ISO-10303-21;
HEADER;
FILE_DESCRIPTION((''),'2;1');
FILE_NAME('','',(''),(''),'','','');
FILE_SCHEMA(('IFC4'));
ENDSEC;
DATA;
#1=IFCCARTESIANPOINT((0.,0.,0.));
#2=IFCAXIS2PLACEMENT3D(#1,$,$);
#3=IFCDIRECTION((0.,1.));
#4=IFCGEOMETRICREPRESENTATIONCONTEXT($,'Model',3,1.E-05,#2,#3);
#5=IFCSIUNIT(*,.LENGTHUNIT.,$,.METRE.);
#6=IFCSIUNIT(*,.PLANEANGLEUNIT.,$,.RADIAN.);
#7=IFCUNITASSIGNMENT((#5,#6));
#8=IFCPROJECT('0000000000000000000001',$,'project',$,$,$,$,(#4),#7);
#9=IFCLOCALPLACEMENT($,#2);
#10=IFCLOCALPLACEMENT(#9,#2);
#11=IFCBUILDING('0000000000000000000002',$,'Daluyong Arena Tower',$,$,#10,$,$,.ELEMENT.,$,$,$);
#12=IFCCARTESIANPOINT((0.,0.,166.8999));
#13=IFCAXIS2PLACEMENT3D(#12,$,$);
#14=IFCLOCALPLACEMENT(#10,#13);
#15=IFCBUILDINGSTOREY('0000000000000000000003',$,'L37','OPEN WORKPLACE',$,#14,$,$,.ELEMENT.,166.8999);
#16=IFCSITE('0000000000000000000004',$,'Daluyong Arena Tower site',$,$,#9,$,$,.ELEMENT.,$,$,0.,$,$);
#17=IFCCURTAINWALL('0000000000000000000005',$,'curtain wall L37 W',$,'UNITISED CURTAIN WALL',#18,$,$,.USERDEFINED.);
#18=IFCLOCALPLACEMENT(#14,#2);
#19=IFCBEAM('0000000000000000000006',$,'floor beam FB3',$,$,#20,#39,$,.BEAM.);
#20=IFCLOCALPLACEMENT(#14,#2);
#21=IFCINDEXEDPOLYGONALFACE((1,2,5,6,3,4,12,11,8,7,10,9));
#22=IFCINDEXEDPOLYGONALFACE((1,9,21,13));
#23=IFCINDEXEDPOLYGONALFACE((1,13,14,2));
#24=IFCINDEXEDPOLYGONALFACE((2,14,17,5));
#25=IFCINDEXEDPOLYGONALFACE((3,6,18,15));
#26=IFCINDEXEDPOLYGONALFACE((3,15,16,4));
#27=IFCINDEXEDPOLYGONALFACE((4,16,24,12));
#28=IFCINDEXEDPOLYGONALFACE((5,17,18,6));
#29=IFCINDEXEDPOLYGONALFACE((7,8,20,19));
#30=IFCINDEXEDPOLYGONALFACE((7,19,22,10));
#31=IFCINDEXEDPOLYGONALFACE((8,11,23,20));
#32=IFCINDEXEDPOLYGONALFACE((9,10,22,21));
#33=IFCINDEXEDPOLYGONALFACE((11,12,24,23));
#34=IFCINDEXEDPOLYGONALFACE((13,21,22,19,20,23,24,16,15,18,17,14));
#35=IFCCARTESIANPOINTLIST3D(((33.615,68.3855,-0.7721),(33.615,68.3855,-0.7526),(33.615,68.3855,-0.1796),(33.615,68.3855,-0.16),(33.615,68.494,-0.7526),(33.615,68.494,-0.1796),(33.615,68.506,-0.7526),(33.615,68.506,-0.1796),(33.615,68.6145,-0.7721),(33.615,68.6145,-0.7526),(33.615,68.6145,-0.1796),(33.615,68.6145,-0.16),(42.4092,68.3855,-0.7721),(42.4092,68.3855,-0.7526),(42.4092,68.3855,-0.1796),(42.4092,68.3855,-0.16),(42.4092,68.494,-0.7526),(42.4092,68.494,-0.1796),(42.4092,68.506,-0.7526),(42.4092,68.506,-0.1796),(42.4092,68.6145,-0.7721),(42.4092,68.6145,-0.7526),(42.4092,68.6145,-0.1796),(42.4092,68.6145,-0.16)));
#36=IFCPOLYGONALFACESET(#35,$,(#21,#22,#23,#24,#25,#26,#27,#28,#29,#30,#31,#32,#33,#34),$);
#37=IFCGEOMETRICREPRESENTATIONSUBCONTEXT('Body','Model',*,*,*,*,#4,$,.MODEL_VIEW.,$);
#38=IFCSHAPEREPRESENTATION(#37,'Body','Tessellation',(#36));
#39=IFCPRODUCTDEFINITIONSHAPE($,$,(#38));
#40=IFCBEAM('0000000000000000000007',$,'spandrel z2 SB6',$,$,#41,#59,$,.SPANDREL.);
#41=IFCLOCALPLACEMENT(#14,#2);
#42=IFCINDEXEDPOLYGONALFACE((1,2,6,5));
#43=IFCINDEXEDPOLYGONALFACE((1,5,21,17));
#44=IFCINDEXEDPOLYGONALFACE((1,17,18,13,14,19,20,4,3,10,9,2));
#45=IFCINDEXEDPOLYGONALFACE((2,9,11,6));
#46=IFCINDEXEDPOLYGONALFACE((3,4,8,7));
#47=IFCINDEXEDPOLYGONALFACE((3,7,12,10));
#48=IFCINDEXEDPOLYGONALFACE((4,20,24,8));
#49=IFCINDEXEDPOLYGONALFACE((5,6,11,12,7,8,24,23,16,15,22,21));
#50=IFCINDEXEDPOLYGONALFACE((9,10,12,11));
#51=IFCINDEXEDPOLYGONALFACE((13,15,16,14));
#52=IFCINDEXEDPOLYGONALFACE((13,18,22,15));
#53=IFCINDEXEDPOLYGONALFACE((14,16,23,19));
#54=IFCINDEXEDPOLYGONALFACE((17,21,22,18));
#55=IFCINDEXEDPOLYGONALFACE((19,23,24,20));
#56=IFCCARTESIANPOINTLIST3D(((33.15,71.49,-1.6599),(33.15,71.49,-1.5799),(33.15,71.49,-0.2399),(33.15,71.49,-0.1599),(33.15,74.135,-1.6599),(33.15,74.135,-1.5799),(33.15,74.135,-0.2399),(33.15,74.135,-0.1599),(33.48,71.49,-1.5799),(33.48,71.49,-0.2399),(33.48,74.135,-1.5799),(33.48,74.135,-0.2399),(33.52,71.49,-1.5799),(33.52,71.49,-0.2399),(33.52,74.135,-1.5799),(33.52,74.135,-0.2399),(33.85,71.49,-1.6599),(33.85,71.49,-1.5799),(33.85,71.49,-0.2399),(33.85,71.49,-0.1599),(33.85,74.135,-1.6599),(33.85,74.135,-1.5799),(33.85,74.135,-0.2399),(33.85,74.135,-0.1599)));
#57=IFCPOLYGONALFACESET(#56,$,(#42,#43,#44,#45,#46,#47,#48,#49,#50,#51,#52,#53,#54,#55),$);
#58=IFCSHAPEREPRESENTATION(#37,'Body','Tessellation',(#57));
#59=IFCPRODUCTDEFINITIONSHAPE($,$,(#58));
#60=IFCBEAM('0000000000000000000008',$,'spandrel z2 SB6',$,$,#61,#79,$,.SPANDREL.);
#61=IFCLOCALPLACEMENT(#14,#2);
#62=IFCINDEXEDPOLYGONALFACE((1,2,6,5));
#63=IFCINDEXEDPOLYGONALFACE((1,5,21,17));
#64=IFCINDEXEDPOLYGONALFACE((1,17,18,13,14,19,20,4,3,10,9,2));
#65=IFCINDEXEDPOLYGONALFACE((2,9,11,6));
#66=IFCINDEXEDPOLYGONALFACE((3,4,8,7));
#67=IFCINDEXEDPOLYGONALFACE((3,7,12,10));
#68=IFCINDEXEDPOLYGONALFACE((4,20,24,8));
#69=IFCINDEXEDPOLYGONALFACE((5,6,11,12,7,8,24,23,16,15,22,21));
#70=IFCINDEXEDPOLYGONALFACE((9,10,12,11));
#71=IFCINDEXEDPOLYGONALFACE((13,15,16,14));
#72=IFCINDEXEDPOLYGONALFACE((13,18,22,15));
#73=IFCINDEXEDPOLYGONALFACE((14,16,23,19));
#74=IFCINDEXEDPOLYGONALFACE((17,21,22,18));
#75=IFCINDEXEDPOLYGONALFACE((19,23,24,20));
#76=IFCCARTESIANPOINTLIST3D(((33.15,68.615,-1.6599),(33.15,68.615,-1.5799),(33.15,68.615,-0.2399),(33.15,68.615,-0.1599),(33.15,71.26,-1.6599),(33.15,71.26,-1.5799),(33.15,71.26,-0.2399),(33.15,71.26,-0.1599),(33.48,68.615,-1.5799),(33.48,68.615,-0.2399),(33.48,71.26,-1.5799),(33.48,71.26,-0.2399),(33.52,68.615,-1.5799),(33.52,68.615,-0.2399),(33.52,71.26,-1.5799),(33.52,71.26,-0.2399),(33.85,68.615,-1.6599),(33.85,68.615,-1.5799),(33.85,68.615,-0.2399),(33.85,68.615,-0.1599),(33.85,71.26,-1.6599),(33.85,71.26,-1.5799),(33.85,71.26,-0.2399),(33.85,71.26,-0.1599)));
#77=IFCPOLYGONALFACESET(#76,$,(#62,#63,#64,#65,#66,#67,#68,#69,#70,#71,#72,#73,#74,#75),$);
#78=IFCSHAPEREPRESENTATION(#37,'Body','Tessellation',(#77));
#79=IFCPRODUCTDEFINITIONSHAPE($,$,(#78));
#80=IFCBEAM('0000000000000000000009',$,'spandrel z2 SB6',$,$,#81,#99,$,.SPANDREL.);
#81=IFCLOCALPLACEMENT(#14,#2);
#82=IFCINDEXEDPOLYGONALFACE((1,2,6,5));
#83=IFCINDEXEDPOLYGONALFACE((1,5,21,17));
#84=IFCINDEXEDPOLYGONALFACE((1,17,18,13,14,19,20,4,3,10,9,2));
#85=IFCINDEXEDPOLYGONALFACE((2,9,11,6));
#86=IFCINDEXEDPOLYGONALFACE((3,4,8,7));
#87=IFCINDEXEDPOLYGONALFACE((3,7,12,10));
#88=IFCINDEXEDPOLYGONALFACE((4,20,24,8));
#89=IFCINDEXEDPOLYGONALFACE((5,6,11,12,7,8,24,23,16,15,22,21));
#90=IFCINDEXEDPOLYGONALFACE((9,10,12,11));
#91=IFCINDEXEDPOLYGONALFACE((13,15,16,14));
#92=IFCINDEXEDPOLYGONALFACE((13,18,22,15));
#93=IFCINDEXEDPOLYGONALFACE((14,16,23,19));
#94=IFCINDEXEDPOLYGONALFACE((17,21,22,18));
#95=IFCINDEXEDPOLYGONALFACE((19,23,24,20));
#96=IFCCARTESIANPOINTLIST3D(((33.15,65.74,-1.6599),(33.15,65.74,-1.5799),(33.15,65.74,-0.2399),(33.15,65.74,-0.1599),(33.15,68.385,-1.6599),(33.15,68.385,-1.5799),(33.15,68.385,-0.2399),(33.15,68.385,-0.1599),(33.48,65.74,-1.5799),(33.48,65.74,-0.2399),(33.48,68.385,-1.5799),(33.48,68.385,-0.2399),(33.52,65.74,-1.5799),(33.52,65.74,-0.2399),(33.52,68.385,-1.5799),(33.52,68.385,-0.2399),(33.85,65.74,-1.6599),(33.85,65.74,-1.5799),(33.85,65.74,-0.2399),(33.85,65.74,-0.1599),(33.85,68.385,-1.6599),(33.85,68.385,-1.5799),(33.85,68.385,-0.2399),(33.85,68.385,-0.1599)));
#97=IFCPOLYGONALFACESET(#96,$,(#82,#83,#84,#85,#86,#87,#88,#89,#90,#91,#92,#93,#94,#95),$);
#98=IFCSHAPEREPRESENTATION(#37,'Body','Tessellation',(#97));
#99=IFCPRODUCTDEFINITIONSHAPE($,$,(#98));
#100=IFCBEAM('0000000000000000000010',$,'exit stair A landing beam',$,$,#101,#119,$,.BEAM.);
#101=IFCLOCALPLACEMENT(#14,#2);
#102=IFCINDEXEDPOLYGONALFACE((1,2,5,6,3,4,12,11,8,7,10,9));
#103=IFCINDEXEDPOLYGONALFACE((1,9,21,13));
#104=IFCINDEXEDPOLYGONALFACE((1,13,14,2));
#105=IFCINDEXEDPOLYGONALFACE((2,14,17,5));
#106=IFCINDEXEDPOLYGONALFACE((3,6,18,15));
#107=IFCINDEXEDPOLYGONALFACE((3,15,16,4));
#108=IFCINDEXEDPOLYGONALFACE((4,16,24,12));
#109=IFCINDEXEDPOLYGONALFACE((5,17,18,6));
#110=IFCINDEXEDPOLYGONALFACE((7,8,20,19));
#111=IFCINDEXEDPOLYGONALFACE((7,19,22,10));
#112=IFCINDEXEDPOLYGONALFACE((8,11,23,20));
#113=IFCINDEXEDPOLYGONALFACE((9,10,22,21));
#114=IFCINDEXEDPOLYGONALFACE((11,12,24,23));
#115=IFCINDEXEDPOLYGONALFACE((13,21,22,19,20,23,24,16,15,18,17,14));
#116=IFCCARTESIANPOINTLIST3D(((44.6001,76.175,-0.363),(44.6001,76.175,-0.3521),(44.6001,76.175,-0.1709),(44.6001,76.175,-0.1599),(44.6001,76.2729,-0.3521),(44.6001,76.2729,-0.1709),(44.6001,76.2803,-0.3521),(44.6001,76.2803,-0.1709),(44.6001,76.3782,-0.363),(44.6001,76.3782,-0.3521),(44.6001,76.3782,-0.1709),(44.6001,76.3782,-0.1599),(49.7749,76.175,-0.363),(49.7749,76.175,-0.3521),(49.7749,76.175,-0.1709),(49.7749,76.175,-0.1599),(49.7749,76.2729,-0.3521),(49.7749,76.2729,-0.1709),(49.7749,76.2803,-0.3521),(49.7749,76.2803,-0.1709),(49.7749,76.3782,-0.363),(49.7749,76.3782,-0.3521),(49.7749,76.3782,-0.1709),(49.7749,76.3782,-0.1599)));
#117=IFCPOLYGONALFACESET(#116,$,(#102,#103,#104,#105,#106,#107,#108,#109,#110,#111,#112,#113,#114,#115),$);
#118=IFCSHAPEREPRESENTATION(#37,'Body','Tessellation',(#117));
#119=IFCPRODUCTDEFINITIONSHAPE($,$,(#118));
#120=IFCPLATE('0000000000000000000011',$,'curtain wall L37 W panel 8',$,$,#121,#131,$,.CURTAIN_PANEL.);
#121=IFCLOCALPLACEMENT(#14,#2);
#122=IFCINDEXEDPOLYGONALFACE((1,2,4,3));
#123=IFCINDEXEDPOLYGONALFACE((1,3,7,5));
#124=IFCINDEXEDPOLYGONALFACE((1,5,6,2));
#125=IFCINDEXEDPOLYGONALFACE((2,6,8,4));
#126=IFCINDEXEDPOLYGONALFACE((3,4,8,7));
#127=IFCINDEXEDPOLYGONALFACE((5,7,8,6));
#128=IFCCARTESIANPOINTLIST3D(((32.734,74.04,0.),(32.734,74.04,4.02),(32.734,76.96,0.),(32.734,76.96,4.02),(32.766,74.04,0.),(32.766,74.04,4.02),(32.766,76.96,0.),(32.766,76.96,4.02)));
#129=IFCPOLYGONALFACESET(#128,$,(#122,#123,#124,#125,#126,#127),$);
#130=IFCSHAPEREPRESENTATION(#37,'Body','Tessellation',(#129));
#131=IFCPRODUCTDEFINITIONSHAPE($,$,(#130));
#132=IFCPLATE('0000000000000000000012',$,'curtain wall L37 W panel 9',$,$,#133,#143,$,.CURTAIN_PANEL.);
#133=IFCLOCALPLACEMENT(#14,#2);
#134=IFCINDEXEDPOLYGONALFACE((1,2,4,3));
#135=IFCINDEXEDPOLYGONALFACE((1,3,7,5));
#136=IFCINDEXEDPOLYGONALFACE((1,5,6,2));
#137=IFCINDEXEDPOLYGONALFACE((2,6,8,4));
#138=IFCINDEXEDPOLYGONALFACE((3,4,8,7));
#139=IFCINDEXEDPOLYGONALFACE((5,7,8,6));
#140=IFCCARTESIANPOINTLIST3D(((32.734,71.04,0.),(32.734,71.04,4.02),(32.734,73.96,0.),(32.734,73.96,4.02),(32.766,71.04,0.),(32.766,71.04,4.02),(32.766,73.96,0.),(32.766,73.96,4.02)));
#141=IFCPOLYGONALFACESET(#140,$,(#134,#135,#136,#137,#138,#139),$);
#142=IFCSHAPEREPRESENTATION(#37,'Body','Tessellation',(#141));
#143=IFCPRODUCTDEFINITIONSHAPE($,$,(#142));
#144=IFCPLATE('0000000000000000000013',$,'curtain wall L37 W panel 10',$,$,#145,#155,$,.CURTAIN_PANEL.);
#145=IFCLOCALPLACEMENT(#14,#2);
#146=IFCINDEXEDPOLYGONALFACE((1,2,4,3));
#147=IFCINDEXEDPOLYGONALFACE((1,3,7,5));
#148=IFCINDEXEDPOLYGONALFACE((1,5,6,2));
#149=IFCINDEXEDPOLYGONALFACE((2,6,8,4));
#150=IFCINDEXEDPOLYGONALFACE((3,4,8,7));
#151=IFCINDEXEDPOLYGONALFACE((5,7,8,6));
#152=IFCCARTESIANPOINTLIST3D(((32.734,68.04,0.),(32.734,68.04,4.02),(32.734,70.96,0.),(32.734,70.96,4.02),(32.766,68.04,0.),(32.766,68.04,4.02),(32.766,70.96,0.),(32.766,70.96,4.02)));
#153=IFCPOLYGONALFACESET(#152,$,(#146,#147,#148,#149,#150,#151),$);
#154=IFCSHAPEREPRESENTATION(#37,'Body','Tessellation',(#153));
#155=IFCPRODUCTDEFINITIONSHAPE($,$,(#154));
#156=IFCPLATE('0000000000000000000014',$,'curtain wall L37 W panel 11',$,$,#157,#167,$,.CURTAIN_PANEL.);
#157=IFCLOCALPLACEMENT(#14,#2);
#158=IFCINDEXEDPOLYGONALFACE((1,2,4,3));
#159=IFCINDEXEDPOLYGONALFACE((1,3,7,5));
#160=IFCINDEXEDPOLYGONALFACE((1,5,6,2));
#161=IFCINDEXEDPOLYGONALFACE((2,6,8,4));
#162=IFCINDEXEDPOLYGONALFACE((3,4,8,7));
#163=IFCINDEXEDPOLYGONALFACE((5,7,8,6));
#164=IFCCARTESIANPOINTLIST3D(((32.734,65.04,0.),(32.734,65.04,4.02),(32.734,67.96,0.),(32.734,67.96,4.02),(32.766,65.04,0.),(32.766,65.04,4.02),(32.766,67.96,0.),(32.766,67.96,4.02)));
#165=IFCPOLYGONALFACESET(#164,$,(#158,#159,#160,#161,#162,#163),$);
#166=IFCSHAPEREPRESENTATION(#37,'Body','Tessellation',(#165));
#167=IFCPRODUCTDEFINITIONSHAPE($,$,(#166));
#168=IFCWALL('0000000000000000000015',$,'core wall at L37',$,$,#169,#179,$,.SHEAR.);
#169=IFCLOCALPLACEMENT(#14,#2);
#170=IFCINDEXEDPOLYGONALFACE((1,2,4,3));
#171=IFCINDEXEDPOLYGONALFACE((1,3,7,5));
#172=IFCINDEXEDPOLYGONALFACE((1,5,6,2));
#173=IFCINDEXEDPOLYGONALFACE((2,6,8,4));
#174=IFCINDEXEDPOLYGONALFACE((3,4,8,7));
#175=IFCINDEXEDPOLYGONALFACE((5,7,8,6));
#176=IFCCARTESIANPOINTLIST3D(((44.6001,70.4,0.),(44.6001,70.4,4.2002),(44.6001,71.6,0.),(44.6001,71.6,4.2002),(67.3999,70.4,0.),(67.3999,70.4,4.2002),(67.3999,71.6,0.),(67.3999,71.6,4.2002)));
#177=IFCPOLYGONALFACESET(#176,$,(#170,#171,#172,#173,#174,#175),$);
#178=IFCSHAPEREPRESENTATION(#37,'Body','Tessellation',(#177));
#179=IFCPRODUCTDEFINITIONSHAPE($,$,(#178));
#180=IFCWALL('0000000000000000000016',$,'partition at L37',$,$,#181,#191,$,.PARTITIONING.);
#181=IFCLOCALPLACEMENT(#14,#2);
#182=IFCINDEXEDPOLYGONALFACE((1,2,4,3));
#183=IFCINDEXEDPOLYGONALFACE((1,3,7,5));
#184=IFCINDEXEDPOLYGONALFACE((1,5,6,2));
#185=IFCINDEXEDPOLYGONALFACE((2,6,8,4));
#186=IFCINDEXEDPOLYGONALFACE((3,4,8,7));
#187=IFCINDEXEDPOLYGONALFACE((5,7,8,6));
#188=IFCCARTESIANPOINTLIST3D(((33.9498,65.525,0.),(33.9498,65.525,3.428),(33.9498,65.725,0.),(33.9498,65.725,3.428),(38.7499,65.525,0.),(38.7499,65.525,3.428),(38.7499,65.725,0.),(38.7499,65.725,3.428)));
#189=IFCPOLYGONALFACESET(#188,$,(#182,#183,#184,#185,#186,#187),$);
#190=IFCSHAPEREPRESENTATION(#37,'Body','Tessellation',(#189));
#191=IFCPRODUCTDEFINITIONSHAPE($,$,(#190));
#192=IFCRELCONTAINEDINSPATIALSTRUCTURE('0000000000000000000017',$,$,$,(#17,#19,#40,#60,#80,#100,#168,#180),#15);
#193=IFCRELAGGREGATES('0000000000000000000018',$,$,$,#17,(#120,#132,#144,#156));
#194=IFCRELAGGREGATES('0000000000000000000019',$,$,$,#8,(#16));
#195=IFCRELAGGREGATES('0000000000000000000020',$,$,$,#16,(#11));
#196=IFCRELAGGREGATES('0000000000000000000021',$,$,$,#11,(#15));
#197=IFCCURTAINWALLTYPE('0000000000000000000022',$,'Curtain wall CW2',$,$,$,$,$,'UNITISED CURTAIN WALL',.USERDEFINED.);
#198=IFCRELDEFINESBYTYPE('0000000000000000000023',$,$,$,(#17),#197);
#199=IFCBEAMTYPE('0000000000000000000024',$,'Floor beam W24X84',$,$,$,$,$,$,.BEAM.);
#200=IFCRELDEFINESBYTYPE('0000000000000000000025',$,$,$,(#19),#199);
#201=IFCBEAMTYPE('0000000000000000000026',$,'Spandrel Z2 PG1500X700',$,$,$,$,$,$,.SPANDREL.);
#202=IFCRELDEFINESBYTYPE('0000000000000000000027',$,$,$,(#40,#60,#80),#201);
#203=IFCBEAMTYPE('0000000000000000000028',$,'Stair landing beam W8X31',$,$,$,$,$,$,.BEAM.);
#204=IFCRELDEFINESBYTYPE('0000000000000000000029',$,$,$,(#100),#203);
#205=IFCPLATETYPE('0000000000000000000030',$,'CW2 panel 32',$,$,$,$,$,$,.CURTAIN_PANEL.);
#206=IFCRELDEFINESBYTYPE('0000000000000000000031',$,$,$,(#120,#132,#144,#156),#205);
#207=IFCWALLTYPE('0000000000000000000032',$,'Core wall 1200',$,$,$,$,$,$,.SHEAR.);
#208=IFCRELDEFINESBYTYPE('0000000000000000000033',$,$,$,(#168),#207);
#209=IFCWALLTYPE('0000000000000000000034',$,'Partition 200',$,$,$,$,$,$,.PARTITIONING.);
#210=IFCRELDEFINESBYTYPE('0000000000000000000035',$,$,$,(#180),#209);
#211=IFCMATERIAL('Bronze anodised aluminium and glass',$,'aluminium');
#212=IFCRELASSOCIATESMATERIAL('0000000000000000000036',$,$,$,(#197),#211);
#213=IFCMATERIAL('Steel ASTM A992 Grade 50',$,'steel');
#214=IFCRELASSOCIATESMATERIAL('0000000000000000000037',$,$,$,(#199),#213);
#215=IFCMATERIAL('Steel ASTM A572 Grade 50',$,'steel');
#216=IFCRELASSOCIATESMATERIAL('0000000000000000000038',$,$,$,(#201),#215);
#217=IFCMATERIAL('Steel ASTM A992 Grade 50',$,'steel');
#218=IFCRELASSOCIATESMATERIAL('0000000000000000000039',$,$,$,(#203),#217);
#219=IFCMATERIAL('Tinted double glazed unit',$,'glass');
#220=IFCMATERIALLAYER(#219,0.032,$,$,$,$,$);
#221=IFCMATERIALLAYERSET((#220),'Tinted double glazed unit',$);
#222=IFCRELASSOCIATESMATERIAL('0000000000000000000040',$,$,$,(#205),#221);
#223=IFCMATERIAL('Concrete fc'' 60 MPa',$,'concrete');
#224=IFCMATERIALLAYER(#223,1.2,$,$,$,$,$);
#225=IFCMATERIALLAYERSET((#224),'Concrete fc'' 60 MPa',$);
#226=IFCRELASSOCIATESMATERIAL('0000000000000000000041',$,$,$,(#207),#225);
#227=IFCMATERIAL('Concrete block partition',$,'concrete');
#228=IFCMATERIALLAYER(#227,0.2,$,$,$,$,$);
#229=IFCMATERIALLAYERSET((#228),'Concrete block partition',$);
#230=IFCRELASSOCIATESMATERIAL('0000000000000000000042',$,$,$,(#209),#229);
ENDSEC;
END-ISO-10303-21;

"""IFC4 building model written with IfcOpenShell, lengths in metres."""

from ifc_helpers import new_model, si_unit, direction, frame, frame_2d, origin, origin_2d, place, context, subcontext, project, spatial, rectangle, i_section, extrude, material, layer, layer_set, material_profile, profile_set, type_object, element, aggregate, save


model = new_model("IFC4")

# Units and contexts
model_context = context("Model", 3, precision=1e-05, world=origin(), true_north=direction((0.0, 1.0)))
body_context = subcontext(model_context, "Body", "Model", "MODEL_VIEW")
ifc_project = project(units=[si_unit("LENGTHUNIT", "METRE"), si_unit("PLANEANGLEUNIT", "RADIAN")], contexts=[model_context])

# Site, building, storey
site_placement = place(None, origin())
site = spatial("IfcSite", under=ifc_project, at=site_placement, Name="Daluyong Arena Tower site", CompositionType="ELEMENT", RefElevation=0.0)
building_placement = place(site_placement, origin())
building = spatial("IfcBuilding", under=site, at=building_placement, Name="Daluyong Arena Tower", CompositionType="ELEMENT")
storey_placement = place(building_placement, frame((0.0, 0.0, 166.8999)))
storey = spatial("IfcBuildingStorey", under=building, at=storey_placement, Name="L37", Description="OPEN WORKPLACE", CompositionType="ELEMENT", Elevation=166.8999)

# Curtain wall
ifc_material_1 = material(Name="Bronze anodised aluminium and glass", Category="aluminium")
curtain_wall_type = type_object("IfcCurtainWallType", Name="Curtain wall CW2", ElementType="UNITISED CURTAIN WALL", PredefinedType="USERDEFINED", material=ifc_material_1)
curtain_wall_placement = place(storey_placement, origin())
curtain_wall = element("IfcCurtainWall", 1, at=curtain_wall_placement, inside=storey, type_object=curtain_wall_type, Name="curtain wall L37 W", ObjectType="UNITISED CURTAIN WALL", PredefinedType="USERDEFINED")

# Beams
ifc_material_2 = material(Name="Steel ASTM A992 Grade 50", Category="steel")
ifc_material_profile_1 = material_profile(ifc_material_2, i_section(OverallWidth=0.229, OverallDepth=0.6121, WebThickness=0.012, FlangeThickness=0.0195, at=origin_2d()))
ifc_profile_set_1 = profile_set([ifc_material_profile_1], Name="Steel ASTM A992 Grade 50")
beam_type_1 = type_object("IfcBeamType", Name="Floor beam W24X84", PredefinedType="BEAM", material=ifc_profile_set_1)
beam_1_placement = place(storey_placement, frame((33.615, 68.5, -0.4661), z_axis=(1.0, 0.0, 0.0), x_axis=(0.0, 1.0, 0.0)))
element("IfcBeam", 2, at=beam_1_placement, inside=storey, type_object=beam_type_1, Name="floor beam FB3", PredefinedType="BEAM", context=body_context, shape_type="SweptSolid", body=[
    extrude(i_section(OverallWidth=0.229, OverallDepth=0.6121, WebThickness=0.012, FlangeThickness=0.0195, at=origin_2d()), origin(), (0.0, 0.0, 1.0), 8.7942),
])
ifc_material_3 = material(Name="Steel ASTM A572 Grade 50", Category="steel")
ifc_material_profile_2 = material_profile(ifc_material_3, i_section(OverallWidth=0.7, OverallDepth=1.5, WebThickness=0.04, FlangeThickness=0.08, at=origin_2d()))
ifc_profile_set_2 = profile_set([ifc_material_profile_2], Name="Steel ASTM A572 Grade 50")
beam_type_2 = type_object("IfcBeamType", Name="Spandrel Z2 PG1500X700", PredefinedType="SPANDREL", material=ifc_profile_set_2)
for number, where, z_axis, x_axis, name in (
    (3, (33.5, 74.135, -0.9099), (0.0, -1.0, 0.0), (1.0, 0.0, 0.0), "spandrel z2 SB6"),
    (4, (33.5, 71.26, -0.9099), (0.0, -1.0, 0.0), (1.0, 0.0, 0.0), "spandrel z2 SB6"),
    (5, (33.5, 68.385, -0.9099), (0.0, -1.0, 0.0), (1.0, 0.0, 0.0), "spandrel z2 SB6"),
):
    element("IfcBeam", number, at=place(storey_placement, frame(where, z_axis=z_axis, x_axis=x_axis)), inside=storey, type_object=beam_type_2, Name=name, PredefinedType="SPANDREL", context=body_context, shape_type="SweptSolid", body=[
        extrude(i_section(OverallWidth=0.7, OverallDepth=1.5, WebThickness=0.04, FlangeThickness=0.08, at=origin_2d()), origin(), (0.0, 0.0, 1.0), 2.645),
    ])
ifc_material_4 = material(Name="Steel ASTM A992 Grade 50", Category="steel")
ifc_material_profile_3 = material_profile(ifc_material_4, i_section(OverallWidth=0.2031, OverallDepth=0.2031, WebThickness=0.0073, FlangeThickness=0.011, at=origin_2d()))
ifc_profile_set_3 = profile_set([ifc_material_profile_3], Name="Steel ASTM A992 Grade 50")
beam_type_3 = type_object("IfcBeamType", Name="Stair landing beam W8X31", PredefinedType="BEAM", material=ifc_profile_set_3)
beam_2_placement = place(storey_placement, frame((44.6001, 76.2766, -0.2615), z_axis=(1.0, 0.0, 0.0), x_axis=(0.0, 1.0, 0.0)))
element("IfcBeam", 6, at=beam_2_placement, inside=storey, type_object=beam_type_3, Name="exit stair A landing beam", PredefinedType="BEAM", context=body_context, shape_type="SweptSolid", body=[
    extrude(i_section(OverallWidth=0.2031, OverallDepth=0.2031, WebThickness=0.0073, FlangeThickness=0.011, at=origin_2d()), origin(), (0.0, 0.0, 1.0), 5.1748),
])

# Plates
ifc_material_5 = material(Name="Tinted double glazed unit", Category="glass")
ifc_layer_1 = layer(ifc_material_5, 0.032)
ifc_layer_set_1 = layer_set([ifc_layer_1], Name="Tinted double glazed unit")
plate_type = type_object("IfcPlateType", Name="CW2 panel 32", PredefinedType="CURTAIN_PANEL", material=ifc_layer_set_1)
plate_1_placement = place(storey_placement, frame((32.75, 75.5, 0.0), z_axis=(0.0, 0.0, 1.0), x_axis=(0.0, -1.0, 0.0)))
plate_1 = element("IfcPlate", 7, at=plate_1_placement, type_object=plate_type, Name="curtain wall L37 W panel 8", PredefinedType="CURTAIN_PANEL", context=body_context, shape_type="SweptSolid", body=[
    extrude(rectangle(XDim=2.9199, YDim=0.032, at=origin_2d()), origin(), (0.0, 0.0, 1.0), 4.02),
])
plate_2_placement = place(storey_placement, frame((32.75, 72.5, 0.0), z_axis=(0.0, 0.0, 1.0), x_axis=(0.0, -1.0, 0.0)))
plate_2 = element("IfcPlate", 8, at=plate_2_placement, type_object=plate_type, Name="curtain wall L37 W panel 9", PredefinedType="CURTAIN_PANEL", context=body_context, shape_type="SweptSolid", body=[
    extrude(rectangle(XDim=2.9199, YDim=0.032, at=origin_2d()), origin(), (0.0, 0.0, 1.0), 4.02),
])
plate_3_placement = place(storey_placement, frame((32.75, 69.5, 0.0), z_axis=(0.0, 0.0, 1.0), x_axis=(0.0, -1.0, 0.0)))
plate_3 = element("IfcPlate", 9, at=plate_3_placement, type_object=plate_type, Name="curtain wall L37 W panel 10", PredefinedType="CURTAIN_PANEL", context=body_context, shape_type="SweptSolid", body=[
    extrude(rectangle(XDim=2.9199, YDim=0.032, at=origin_2d()), origin(), (0.0, 0.0, 1.0), 4.02),
])
plate_4_placement = place(storey_placement, frame((32.75, 66.5, 0.0), z_axis=(0.0, 0.0, 1.0), x_axis=(0.0, -1.0, 0.0)))
plate_4 = element("IfcPlate", 10, at=plate_4_placement, type_object=plate_type, Name="curtain wall L37 W panel 11", PredefinedType="CURTAIN_PANEL", context=body_context, shape_type="SweptSolid", body=[
    extrude(rectangle(XDim=2.9199, YDim=0.032, at=origin_2d()), origin(), (0.0, 0.0, 1.0), 4.02),
])
aggregate(curtain_wall, [plate_1, plate_2, plate_3, plate_4])

# Shared definitions
ifc_material_6 = material(Name="Concrete fc' 60 MPa", Category="concrete")
ifc_layer_2 = layer(ifc_material_6, 1.2)
ifc_layer_set_2 = layer_set([ifc_layer_2], Name="Concrete fc' 60 MPa")
wall_type_1 = type_object("IfcWallType", Name="Core wall 1200", PredefinedType="SHEAR", material=ifc_layer_set_2)

# Walls
wall_1_placement = place(storey_placement, frame((44.6001, 71.0, 0.0), z_axis=(0.0, 0.0, 1.0), x_axis=(1.0, 0.0, 0.0)))
element("IfcWall", 11, at=wall_1_placement, inside=storey, type_object=wall_type_1, Name="core wall at L37", PredefinedType="SHEAR", context=body_context, shape_type="SweptSolid", body=[
    extrude(rectangle(XDim=22.7998, YDim=1.2, at=frame_2d((11.3999, 0.0))), origin(), (0.0, 0.0, 1.0), 4.2002),
])
ifc_material_7 = material(Name="Concrete block partition", Category="concrete")
ifc_layer_3 = layer(ifc_material_7, 0.2)
ifc_layer_set_3 = layer_set([ifc_layer_3], Name="Concrete block partition")
wall_type_2 = type_object("IfcWallType", Name="Partition 200", PredefinedType="PARTITIONING", material=ifc_layer_set_3)
for number, where, z_axis, x_axis, name in (
    (12, (33.95, 65.625, 0.0), (0.0, 0.0, 1.0), (1.0, 0.0, 0.0), "partition at L37"),
):
    element("IfcWall", number, at=place(storey_placement, frame(where, z_axis=z_axis, x_axis=x_axis)), inside=storey, type_object=wall_type_2, Name=name, PredefinedType="PARTITIONING", context=body_context, shape_type="SweptSolid", body=[
        extrude(rectangle(XDim=4.8, YDim=0.2, at=frame_2d((2.3999, 0.0))), origin(), (0.0, 0.0, 1.0), 3.428),
    ])

save(model, "model.ifc")
